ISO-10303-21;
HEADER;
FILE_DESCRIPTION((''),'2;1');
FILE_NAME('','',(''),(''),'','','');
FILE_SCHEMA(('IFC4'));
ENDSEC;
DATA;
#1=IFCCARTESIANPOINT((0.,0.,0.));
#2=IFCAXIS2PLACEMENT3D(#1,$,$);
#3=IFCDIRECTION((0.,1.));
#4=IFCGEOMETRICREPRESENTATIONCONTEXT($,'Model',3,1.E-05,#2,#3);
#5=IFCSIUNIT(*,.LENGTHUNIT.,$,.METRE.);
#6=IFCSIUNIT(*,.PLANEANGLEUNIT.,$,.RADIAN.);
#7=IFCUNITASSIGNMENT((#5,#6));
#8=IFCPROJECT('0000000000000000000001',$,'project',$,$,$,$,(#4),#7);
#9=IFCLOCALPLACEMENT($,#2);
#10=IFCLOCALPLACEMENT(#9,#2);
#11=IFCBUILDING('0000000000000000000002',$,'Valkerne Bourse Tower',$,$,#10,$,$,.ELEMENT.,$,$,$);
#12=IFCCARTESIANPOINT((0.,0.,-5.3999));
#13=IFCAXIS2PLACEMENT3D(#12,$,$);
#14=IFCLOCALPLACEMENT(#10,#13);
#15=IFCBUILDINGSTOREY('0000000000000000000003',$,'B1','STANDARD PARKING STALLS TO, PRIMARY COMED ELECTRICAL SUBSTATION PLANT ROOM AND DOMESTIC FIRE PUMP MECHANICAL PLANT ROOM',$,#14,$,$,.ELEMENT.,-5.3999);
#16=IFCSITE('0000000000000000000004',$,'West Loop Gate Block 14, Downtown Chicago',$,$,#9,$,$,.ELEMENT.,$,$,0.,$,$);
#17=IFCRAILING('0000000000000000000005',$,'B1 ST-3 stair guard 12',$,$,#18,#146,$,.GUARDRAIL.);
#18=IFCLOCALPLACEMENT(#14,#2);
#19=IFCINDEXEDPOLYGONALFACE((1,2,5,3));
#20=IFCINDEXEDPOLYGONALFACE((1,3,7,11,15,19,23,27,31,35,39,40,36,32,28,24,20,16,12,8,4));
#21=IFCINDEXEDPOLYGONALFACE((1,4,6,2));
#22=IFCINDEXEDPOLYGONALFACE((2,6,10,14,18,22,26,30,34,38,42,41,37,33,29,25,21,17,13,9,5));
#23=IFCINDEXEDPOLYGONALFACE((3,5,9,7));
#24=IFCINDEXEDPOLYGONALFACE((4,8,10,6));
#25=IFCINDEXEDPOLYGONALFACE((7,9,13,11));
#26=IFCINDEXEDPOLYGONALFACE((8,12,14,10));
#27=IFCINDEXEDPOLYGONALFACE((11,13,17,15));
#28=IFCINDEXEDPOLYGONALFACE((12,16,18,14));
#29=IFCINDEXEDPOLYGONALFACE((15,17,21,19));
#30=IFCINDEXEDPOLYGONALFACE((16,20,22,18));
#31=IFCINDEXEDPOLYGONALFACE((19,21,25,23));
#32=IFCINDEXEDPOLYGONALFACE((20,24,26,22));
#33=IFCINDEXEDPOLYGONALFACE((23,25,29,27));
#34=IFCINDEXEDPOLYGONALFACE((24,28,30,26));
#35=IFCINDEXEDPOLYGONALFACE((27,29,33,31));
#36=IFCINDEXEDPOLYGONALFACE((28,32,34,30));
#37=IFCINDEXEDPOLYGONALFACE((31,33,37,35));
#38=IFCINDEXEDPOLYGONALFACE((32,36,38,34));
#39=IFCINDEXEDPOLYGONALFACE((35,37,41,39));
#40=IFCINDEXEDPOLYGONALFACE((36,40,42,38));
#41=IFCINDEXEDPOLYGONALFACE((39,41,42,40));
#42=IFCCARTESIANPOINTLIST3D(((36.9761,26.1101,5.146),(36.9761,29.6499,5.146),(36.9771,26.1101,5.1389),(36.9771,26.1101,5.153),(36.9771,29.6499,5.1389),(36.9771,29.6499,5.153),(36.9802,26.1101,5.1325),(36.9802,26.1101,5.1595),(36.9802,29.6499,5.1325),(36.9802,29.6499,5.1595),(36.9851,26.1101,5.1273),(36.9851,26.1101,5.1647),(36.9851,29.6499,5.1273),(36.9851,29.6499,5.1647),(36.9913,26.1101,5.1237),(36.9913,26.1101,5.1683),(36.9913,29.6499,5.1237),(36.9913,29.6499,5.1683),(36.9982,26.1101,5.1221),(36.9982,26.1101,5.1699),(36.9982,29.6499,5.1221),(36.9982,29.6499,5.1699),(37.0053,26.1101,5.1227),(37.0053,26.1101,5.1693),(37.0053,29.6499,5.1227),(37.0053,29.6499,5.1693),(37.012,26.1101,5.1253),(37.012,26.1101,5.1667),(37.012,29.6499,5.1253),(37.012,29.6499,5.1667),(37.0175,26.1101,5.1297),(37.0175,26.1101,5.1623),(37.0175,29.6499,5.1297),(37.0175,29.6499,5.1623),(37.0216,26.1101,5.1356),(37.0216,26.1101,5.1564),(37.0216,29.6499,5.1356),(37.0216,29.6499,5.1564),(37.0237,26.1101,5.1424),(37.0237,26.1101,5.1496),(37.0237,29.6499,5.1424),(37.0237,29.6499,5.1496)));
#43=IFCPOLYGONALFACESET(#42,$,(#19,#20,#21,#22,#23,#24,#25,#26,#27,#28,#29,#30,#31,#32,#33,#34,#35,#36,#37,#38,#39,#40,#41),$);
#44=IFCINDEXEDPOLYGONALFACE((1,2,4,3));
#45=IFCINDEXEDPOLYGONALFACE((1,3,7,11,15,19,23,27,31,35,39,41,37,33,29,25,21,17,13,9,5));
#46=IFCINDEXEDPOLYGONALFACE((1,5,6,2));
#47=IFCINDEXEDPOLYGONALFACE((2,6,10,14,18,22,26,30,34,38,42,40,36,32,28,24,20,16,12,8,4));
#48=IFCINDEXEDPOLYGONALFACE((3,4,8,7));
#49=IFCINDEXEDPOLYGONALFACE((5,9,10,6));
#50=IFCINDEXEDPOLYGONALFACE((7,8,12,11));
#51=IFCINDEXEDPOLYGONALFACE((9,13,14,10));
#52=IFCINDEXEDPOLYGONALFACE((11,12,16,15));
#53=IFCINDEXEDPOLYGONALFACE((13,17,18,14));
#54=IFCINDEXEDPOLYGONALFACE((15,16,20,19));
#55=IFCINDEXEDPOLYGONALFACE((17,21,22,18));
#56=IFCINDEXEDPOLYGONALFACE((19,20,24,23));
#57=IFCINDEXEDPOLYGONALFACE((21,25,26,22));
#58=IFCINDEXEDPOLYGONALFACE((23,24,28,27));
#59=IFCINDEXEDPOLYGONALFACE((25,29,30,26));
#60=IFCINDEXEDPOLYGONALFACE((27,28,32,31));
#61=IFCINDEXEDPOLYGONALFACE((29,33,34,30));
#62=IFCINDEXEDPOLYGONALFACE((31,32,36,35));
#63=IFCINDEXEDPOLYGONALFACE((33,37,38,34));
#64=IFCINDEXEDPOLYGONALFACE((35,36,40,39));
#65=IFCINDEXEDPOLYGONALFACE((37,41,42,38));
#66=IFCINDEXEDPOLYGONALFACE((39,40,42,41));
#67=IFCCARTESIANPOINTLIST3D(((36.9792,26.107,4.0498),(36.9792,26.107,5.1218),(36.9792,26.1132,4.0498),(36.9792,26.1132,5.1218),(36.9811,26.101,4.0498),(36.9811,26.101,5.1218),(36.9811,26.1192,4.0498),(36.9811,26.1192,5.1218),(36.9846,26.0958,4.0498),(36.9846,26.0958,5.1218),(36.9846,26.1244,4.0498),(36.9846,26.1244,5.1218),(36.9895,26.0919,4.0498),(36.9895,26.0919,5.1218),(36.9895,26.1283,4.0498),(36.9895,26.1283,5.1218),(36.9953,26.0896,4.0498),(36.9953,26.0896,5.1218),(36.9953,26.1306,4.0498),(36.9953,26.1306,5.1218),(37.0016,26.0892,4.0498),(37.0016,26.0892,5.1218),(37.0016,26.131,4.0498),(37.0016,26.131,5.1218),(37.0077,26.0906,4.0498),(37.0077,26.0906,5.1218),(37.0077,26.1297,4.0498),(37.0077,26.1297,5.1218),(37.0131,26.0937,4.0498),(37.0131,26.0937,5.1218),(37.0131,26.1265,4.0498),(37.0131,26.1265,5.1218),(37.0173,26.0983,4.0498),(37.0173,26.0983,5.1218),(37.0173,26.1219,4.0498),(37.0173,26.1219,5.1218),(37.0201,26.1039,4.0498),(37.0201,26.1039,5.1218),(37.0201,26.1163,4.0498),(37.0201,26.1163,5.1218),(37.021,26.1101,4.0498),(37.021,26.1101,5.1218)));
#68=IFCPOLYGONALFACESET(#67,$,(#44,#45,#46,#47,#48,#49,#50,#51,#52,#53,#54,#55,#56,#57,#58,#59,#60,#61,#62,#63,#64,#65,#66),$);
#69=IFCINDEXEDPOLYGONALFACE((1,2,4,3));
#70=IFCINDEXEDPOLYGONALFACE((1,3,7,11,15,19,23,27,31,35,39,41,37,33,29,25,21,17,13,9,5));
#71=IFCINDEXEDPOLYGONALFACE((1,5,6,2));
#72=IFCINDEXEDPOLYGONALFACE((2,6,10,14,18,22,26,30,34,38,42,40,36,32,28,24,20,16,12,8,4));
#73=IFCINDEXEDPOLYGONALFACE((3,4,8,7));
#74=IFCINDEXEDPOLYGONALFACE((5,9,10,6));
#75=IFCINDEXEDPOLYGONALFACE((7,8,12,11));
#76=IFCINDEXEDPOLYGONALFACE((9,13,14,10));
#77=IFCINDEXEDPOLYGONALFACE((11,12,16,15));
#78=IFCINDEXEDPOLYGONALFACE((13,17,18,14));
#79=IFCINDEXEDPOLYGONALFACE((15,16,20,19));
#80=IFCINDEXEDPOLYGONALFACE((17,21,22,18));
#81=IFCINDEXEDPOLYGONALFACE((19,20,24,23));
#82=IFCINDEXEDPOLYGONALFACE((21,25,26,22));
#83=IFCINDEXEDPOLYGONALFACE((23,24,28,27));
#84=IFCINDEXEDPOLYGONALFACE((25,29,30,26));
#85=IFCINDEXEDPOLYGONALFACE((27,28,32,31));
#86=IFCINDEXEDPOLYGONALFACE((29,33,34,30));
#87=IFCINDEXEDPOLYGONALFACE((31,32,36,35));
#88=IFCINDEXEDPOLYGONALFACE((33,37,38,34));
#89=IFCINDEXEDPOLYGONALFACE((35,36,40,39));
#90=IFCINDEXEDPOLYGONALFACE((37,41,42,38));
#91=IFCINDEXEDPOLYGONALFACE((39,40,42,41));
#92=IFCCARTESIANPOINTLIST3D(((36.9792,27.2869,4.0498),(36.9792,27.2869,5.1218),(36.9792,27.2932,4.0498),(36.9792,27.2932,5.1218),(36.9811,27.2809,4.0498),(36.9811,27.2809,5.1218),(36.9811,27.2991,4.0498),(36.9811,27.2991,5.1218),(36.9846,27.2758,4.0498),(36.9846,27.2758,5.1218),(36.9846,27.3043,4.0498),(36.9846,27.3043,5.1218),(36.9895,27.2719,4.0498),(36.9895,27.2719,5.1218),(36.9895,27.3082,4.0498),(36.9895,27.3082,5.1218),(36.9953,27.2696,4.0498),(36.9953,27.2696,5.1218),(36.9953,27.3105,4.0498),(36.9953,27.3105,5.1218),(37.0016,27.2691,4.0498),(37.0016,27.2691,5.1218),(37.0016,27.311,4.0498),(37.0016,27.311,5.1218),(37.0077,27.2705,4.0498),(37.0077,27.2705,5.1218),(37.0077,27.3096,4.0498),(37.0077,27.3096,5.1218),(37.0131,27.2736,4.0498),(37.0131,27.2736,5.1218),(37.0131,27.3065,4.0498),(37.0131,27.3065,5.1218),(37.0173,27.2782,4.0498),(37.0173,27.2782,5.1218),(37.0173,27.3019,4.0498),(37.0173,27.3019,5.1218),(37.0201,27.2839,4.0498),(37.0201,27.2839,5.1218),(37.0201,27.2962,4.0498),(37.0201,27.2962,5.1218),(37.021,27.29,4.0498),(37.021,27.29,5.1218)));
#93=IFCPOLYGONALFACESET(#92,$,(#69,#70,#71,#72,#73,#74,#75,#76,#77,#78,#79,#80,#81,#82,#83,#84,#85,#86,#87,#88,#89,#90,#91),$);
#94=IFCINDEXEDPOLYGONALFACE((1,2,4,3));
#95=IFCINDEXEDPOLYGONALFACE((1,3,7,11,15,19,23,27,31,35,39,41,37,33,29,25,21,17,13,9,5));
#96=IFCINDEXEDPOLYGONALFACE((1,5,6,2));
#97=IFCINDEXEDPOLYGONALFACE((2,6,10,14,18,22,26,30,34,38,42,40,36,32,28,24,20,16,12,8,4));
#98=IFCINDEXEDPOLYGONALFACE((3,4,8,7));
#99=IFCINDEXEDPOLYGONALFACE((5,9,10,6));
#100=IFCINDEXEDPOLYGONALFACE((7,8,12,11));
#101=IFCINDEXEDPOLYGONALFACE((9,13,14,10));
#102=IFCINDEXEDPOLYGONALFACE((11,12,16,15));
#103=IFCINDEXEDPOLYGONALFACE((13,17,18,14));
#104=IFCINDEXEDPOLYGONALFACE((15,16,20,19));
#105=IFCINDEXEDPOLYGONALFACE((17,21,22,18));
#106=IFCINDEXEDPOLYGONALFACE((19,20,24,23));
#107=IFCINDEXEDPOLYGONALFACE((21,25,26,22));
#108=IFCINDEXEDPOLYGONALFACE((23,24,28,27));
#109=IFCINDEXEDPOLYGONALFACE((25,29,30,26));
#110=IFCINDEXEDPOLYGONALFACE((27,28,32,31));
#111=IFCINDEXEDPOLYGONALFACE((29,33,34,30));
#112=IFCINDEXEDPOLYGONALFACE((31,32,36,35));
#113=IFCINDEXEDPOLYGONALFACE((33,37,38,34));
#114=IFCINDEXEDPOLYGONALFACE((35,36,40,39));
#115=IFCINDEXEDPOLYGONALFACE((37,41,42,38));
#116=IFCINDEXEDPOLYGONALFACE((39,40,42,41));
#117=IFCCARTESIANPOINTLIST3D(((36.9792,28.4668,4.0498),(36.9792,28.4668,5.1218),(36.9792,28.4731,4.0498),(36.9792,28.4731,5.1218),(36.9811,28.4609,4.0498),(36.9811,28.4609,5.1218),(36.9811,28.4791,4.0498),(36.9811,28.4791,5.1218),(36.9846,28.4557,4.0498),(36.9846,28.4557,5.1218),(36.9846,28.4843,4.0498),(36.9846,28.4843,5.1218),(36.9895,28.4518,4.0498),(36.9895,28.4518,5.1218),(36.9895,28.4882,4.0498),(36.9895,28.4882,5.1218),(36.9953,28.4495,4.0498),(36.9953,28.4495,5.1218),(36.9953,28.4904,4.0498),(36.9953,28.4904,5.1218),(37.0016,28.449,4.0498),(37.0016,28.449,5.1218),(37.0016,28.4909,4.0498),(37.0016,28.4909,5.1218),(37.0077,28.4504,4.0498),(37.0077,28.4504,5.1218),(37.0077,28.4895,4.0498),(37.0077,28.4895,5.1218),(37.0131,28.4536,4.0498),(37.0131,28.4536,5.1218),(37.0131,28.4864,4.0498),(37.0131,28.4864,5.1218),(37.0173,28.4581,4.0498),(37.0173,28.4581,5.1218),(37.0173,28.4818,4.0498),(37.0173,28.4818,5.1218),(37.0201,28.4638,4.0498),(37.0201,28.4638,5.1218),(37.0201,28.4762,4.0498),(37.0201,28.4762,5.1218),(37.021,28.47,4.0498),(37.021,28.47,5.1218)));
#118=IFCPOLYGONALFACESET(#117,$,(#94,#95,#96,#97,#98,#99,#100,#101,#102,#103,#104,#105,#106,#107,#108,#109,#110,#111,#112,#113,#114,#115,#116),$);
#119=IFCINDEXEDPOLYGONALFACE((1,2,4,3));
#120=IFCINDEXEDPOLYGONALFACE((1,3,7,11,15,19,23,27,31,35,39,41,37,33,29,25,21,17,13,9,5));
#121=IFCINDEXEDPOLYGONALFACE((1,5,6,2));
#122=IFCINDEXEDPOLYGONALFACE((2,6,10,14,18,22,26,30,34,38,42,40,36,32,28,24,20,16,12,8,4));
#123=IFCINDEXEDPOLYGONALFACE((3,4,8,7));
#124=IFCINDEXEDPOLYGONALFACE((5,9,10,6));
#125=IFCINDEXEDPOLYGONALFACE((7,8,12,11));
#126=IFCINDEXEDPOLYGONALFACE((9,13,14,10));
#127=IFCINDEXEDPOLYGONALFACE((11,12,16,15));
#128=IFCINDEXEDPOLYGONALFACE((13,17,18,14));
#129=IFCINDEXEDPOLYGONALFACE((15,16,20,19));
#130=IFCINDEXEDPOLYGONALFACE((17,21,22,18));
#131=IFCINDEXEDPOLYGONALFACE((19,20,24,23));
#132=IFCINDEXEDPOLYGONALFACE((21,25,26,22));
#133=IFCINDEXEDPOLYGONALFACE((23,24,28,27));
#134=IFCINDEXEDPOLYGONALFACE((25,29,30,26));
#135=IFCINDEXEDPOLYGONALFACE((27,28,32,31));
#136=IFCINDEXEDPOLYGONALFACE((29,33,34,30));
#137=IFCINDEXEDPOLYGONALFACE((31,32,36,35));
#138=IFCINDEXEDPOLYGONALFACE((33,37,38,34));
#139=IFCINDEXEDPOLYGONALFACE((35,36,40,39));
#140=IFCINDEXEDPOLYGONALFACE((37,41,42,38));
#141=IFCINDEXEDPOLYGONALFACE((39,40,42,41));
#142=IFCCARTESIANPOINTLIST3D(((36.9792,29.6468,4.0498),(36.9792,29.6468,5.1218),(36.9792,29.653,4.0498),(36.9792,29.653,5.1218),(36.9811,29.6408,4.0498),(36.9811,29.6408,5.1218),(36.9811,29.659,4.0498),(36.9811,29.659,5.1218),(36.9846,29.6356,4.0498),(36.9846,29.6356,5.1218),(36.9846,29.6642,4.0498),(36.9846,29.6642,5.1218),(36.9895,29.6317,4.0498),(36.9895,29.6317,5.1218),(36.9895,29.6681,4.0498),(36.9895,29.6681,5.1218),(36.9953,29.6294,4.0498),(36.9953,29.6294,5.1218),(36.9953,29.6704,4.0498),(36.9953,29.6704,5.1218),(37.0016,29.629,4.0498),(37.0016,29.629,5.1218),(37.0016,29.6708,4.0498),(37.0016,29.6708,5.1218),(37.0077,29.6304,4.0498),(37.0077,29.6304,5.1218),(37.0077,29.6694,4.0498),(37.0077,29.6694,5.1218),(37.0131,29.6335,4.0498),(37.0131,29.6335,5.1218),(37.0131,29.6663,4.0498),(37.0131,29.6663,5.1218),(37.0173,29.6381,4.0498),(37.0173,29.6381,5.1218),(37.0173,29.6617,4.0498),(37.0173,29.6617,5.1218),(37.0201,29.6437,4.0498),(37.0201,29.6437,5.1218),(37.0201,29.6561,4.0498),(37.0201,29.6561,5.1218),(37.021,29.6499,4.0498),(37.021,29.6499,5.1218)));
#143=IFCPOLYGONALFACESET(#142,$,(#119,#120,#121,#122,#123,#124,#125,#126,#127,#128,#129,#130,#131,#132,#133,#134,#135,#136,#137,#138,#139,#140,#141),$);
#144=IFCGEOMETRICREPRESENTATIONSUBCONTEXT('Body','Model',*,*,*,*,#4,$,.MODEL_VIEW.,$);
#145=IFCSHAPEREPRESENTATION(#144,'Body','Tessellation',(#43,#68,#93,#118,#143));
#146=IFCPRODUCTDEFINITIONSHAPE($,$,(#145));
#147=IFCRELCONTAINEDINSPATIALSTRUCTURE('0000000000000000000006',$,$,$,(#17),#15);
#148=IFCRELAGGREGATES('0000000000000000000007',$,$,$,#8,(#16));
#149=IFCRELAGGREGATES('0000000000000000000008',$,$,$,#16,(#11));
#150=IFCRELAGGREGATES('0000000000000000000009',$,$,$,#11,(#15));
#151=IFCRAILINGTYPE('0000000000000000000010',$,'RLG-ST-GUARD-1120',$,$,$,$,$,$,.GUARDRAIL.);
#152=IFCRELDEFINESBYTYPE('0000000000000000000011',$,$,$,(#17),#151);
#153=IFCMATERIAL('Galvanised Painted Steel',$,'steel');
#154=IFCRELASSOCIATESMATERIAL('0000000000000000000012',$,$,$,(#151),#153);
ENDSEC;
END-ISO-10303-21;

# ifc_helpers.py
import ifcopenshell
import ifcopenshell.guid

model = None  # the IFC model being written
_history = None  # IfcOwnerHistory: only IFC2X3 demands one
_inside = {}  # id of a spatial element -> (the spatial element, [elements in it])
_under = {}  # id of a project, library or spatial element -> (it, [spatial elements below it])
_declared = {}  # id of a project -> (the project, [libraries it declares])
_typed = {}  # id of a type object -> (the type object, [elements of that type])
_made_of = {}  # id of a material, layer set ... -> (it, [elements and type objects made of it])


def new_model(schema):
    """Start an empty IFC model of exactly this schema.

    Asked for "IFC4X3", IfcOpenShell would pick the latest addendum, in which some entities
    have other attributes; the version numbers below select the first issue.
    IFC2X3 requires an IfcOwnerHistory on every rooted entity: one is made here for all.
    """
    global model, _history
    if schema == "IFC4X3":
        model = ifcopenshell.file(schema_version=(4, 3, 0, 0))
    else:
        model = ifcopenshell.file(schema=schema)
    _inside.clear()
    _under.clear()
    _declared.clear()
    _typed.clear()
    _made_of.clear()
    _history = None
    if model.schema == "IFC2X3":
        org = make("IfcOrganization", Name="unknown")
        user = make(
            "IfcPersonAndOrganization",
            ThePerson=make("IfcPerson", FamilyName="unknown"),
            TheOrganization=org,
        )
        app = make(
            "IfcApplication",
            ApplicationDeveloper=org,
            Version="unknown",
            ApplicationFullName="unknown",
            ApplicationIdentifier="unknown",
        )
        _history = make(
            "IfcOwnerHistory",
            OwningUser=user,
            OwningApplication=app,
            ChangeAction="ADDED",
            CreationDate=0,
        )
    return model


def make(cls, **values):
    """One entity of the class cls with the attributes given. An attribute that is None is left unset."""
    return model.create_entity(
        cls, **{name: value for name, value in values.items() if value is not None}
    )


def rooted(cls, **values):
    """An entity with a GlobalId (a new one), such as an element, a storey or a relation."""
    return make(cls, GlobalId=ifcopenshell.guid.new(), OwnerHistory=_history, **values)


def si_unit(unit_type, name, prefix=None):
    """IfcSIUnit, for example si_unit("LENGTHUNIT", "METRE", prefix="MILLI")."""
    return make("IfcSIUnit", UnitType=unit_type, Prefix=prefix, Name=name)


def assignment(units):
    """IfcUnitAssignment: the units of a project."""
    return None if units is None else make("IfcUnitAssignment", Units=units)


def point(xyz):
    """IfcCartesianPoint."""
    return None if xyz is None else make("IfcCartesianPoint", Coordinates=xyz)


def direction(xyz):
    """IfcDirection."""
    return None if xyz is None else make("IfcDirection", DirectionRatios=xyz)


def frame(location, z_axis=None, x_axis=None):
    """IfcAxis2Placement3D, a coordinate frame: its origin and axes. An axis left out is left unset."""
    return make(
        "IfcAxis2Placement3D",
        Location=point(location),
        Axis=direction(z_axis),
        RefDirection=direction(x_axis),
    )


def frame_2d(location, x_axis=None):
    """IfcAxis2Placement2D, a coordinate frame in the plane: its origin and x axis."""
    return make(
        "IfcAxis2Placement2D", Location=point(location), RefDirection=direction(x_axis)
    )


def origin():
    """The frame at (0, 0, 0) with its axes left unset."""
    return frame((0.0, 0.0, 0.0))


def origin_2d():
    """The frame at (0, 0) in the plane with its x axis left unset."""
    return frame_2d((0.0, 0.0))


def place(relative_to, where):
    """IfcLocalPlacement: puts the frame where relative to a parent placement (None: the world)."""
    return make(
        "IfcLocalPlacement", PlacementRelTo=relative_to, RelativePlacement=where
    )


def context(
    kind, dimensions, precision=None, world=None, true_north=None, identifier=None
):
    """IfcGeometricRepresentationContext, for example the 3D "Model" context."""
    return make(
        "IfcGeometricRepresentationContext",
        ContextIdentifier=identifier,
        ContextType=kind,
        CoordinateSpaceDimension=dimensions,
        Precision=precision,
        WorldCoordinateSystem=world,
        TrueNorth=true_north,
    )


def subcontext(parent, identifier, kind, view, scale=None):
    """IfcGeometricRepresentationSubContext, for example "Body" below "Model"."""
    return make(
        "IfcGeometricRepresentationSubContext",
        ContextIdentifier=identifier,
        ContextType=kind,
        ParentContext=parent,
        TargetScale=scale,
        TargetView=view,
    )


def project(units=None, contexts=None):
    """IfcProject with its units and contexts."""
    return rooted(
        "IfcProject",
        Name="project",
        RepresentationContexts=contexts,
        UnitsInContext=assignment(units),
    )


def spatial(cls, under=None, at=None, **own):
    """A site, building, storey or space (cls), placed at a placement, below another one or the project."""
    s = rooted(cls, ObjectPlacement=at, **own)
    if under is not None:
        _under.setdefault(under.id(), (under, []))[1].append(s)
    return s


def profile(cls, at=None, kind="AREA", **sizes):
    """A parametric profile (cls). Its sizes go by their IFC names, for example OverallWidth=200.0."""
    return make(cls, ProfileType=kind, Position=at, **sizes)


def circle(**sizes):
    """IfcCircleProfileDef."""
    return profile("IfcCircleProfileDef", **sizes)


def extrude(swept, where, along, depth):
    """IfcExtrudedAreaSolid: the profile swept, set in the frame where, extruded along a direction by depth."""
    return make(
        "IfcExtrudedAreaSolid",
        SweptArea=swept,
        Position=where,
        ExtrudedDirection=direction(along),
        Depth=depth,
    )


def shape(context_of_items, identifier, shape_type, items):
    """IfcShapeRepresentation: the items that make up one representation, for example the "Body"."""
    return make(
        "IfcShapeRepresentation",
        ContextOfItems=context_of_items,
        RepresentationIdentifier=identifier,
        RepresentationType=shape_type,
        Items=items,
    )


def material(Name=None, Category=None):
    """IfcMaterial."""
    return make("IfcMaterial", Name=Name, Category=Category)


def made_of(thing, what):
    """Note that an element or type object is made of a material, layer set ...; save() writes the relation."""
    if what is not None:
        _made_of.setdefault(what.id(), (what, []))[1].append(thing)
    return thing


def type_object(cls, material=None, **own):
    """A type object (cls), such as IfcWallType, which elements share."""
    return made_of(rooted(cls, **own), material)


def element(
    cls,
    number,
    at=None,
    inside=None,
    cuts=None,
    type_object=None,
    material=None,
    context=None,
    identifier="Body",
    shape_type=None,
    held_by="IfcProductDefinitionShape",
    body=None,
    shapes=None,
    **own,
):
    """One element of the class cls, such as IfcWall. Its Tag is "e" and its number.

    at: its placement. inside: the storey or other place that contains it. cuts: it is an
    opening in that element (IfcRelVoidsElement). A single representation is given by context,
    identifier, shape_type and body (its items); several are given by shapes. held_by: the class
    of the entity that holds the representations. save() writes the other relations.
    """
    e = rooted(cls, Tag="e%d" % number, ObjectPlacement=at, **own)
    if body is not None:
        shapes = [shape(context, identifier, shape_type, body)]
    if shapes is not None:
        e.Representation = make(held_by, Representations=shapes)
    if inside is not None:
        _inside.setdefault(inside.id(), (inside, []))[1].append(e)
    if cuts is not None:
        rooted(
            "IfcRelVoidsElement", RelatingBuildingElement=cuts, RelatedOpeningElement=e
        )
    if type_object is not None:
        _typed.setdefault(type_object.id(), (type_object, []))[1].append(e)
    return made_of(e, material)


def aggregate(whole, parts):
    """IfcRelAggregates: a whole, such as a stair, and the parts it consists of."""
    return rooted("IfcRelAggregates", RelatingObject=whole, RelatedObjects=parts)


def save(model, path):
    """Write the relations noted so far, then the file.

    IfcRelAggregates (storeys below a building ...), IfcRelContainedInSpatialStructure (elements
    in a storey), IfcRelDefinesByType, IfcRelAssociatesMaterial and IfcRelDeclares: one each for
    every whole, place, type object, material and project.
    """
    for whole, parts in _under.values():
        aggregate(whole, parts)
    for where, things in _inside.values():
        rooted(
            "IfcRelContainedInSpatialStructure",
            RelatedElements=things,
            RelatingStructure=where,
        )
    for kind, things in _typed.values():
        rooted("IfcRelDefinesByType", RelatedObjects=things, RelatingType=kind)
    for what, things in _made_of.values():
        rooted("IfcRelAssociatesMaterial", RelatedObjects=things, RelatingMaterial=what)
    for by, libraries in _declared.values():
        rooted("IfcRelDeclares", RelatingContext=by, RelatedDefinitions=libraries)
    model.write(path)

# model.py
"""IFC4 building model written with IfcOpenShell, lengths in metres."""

from ifc_helpers import new_model, si_unit, direction, frame, origin, origin_2d, place, context, subcontext, project, spatial, circle, extrude, material, type_object, element, save


model = new_model("IFC4")

# Units and contexts
model_context = context("Model", 3, precision=1e-05, world=origin(), true_north=direction((0.0, 1.0)))
body_context = subcontext(model_context, "Body", "Model", "MODEL_VIEW")
ifc_project = project(units=[si_unit("LENGTHUNIT", "METRE"), si_unit("PLANEANGLEUNIT", "RADIAN")], contexts=[model_context])

# Site, building, storey
site_placement = place(None, origin())
site = spatial("IfcSite", under=ifc_project, at=site_placement, Name="West Loop Gate Block 14, Downtown Chicago", CompositionType="ELEMENT", RefElevation=0.0)
building_placement = place(site_placement, origin())
building = spatial("IfcBuilding", under=site, at=building_placement, Name="Valkerne Bourse Tower", CompositionType="ELEMENT")
storey_placement = place(building_placement, frame((0.0, 0.0, -5.3999)))
storey = spatial("IfcBuildingStorey", under=building, at=storey_placement, Name="B1", Description="STANDARD PARKING STALLS TO, PRIMARY COMED ELECTRICAL SUBSTATION PLANT ROOM AND DOMESTIC FIRE PUMP MECHANICAL PLANT ROOM", CompositionType="ELEMENT", Elevation=-5.3999)

# Shared definitions
ifc_material_1 = material(Name="Galvanised Painted Steel", Category="steel")

# Railing
railing_type = type_object("IfcRailingType", Name="RLG-ST-GUARD-1120", PredefinedType="GUARDRAIL", material=ifc_material_1)
railing_1_placement = place(storey_placement, frame((37.0, 26.1101, 4.0498)))
element("IfcRailing", 1, at=railing_1_placement, inside=storey, type_object=railing_type, Name="B1 ST-3 stair guard 12", PredefinedType="GUARDRAIL", context=body_context, shape_type="SweptSolid", body=[
    extrude(circle(Radius=0.0239, at=origin_2d()), frame((0.0, 0.0, 1.0962), z_axis=(0.0, 1.0, 0.0), x_axis=(-1.0, 0.0, 0.0)), (0.0, 0.0, 1.0), 3.5398),
    extrude(circle(Radius=0.021, at=origin_2d()), origin(), (0.0, 0.0, 1.0), 1.072),
    extrude(circle(Radius=0.021, at=origin_2d()), frame((0.0, 1.1799, 0.0)), (0.0, 0.0, 1.0), 1.072),
    extrude(circle(Radius=0.021, at=origin_2d()), frame((0.0, 2.3599, 0.0)), (0.0, 0.0, 1.0), 1.072),
    extrude(circle(Radius=0.021, at=origin_2d()), frame((0.0, 3.5398, 0.0)), (0.0, 0.0, 1.0), 1.072),
])

save(model, "model.ifc")
